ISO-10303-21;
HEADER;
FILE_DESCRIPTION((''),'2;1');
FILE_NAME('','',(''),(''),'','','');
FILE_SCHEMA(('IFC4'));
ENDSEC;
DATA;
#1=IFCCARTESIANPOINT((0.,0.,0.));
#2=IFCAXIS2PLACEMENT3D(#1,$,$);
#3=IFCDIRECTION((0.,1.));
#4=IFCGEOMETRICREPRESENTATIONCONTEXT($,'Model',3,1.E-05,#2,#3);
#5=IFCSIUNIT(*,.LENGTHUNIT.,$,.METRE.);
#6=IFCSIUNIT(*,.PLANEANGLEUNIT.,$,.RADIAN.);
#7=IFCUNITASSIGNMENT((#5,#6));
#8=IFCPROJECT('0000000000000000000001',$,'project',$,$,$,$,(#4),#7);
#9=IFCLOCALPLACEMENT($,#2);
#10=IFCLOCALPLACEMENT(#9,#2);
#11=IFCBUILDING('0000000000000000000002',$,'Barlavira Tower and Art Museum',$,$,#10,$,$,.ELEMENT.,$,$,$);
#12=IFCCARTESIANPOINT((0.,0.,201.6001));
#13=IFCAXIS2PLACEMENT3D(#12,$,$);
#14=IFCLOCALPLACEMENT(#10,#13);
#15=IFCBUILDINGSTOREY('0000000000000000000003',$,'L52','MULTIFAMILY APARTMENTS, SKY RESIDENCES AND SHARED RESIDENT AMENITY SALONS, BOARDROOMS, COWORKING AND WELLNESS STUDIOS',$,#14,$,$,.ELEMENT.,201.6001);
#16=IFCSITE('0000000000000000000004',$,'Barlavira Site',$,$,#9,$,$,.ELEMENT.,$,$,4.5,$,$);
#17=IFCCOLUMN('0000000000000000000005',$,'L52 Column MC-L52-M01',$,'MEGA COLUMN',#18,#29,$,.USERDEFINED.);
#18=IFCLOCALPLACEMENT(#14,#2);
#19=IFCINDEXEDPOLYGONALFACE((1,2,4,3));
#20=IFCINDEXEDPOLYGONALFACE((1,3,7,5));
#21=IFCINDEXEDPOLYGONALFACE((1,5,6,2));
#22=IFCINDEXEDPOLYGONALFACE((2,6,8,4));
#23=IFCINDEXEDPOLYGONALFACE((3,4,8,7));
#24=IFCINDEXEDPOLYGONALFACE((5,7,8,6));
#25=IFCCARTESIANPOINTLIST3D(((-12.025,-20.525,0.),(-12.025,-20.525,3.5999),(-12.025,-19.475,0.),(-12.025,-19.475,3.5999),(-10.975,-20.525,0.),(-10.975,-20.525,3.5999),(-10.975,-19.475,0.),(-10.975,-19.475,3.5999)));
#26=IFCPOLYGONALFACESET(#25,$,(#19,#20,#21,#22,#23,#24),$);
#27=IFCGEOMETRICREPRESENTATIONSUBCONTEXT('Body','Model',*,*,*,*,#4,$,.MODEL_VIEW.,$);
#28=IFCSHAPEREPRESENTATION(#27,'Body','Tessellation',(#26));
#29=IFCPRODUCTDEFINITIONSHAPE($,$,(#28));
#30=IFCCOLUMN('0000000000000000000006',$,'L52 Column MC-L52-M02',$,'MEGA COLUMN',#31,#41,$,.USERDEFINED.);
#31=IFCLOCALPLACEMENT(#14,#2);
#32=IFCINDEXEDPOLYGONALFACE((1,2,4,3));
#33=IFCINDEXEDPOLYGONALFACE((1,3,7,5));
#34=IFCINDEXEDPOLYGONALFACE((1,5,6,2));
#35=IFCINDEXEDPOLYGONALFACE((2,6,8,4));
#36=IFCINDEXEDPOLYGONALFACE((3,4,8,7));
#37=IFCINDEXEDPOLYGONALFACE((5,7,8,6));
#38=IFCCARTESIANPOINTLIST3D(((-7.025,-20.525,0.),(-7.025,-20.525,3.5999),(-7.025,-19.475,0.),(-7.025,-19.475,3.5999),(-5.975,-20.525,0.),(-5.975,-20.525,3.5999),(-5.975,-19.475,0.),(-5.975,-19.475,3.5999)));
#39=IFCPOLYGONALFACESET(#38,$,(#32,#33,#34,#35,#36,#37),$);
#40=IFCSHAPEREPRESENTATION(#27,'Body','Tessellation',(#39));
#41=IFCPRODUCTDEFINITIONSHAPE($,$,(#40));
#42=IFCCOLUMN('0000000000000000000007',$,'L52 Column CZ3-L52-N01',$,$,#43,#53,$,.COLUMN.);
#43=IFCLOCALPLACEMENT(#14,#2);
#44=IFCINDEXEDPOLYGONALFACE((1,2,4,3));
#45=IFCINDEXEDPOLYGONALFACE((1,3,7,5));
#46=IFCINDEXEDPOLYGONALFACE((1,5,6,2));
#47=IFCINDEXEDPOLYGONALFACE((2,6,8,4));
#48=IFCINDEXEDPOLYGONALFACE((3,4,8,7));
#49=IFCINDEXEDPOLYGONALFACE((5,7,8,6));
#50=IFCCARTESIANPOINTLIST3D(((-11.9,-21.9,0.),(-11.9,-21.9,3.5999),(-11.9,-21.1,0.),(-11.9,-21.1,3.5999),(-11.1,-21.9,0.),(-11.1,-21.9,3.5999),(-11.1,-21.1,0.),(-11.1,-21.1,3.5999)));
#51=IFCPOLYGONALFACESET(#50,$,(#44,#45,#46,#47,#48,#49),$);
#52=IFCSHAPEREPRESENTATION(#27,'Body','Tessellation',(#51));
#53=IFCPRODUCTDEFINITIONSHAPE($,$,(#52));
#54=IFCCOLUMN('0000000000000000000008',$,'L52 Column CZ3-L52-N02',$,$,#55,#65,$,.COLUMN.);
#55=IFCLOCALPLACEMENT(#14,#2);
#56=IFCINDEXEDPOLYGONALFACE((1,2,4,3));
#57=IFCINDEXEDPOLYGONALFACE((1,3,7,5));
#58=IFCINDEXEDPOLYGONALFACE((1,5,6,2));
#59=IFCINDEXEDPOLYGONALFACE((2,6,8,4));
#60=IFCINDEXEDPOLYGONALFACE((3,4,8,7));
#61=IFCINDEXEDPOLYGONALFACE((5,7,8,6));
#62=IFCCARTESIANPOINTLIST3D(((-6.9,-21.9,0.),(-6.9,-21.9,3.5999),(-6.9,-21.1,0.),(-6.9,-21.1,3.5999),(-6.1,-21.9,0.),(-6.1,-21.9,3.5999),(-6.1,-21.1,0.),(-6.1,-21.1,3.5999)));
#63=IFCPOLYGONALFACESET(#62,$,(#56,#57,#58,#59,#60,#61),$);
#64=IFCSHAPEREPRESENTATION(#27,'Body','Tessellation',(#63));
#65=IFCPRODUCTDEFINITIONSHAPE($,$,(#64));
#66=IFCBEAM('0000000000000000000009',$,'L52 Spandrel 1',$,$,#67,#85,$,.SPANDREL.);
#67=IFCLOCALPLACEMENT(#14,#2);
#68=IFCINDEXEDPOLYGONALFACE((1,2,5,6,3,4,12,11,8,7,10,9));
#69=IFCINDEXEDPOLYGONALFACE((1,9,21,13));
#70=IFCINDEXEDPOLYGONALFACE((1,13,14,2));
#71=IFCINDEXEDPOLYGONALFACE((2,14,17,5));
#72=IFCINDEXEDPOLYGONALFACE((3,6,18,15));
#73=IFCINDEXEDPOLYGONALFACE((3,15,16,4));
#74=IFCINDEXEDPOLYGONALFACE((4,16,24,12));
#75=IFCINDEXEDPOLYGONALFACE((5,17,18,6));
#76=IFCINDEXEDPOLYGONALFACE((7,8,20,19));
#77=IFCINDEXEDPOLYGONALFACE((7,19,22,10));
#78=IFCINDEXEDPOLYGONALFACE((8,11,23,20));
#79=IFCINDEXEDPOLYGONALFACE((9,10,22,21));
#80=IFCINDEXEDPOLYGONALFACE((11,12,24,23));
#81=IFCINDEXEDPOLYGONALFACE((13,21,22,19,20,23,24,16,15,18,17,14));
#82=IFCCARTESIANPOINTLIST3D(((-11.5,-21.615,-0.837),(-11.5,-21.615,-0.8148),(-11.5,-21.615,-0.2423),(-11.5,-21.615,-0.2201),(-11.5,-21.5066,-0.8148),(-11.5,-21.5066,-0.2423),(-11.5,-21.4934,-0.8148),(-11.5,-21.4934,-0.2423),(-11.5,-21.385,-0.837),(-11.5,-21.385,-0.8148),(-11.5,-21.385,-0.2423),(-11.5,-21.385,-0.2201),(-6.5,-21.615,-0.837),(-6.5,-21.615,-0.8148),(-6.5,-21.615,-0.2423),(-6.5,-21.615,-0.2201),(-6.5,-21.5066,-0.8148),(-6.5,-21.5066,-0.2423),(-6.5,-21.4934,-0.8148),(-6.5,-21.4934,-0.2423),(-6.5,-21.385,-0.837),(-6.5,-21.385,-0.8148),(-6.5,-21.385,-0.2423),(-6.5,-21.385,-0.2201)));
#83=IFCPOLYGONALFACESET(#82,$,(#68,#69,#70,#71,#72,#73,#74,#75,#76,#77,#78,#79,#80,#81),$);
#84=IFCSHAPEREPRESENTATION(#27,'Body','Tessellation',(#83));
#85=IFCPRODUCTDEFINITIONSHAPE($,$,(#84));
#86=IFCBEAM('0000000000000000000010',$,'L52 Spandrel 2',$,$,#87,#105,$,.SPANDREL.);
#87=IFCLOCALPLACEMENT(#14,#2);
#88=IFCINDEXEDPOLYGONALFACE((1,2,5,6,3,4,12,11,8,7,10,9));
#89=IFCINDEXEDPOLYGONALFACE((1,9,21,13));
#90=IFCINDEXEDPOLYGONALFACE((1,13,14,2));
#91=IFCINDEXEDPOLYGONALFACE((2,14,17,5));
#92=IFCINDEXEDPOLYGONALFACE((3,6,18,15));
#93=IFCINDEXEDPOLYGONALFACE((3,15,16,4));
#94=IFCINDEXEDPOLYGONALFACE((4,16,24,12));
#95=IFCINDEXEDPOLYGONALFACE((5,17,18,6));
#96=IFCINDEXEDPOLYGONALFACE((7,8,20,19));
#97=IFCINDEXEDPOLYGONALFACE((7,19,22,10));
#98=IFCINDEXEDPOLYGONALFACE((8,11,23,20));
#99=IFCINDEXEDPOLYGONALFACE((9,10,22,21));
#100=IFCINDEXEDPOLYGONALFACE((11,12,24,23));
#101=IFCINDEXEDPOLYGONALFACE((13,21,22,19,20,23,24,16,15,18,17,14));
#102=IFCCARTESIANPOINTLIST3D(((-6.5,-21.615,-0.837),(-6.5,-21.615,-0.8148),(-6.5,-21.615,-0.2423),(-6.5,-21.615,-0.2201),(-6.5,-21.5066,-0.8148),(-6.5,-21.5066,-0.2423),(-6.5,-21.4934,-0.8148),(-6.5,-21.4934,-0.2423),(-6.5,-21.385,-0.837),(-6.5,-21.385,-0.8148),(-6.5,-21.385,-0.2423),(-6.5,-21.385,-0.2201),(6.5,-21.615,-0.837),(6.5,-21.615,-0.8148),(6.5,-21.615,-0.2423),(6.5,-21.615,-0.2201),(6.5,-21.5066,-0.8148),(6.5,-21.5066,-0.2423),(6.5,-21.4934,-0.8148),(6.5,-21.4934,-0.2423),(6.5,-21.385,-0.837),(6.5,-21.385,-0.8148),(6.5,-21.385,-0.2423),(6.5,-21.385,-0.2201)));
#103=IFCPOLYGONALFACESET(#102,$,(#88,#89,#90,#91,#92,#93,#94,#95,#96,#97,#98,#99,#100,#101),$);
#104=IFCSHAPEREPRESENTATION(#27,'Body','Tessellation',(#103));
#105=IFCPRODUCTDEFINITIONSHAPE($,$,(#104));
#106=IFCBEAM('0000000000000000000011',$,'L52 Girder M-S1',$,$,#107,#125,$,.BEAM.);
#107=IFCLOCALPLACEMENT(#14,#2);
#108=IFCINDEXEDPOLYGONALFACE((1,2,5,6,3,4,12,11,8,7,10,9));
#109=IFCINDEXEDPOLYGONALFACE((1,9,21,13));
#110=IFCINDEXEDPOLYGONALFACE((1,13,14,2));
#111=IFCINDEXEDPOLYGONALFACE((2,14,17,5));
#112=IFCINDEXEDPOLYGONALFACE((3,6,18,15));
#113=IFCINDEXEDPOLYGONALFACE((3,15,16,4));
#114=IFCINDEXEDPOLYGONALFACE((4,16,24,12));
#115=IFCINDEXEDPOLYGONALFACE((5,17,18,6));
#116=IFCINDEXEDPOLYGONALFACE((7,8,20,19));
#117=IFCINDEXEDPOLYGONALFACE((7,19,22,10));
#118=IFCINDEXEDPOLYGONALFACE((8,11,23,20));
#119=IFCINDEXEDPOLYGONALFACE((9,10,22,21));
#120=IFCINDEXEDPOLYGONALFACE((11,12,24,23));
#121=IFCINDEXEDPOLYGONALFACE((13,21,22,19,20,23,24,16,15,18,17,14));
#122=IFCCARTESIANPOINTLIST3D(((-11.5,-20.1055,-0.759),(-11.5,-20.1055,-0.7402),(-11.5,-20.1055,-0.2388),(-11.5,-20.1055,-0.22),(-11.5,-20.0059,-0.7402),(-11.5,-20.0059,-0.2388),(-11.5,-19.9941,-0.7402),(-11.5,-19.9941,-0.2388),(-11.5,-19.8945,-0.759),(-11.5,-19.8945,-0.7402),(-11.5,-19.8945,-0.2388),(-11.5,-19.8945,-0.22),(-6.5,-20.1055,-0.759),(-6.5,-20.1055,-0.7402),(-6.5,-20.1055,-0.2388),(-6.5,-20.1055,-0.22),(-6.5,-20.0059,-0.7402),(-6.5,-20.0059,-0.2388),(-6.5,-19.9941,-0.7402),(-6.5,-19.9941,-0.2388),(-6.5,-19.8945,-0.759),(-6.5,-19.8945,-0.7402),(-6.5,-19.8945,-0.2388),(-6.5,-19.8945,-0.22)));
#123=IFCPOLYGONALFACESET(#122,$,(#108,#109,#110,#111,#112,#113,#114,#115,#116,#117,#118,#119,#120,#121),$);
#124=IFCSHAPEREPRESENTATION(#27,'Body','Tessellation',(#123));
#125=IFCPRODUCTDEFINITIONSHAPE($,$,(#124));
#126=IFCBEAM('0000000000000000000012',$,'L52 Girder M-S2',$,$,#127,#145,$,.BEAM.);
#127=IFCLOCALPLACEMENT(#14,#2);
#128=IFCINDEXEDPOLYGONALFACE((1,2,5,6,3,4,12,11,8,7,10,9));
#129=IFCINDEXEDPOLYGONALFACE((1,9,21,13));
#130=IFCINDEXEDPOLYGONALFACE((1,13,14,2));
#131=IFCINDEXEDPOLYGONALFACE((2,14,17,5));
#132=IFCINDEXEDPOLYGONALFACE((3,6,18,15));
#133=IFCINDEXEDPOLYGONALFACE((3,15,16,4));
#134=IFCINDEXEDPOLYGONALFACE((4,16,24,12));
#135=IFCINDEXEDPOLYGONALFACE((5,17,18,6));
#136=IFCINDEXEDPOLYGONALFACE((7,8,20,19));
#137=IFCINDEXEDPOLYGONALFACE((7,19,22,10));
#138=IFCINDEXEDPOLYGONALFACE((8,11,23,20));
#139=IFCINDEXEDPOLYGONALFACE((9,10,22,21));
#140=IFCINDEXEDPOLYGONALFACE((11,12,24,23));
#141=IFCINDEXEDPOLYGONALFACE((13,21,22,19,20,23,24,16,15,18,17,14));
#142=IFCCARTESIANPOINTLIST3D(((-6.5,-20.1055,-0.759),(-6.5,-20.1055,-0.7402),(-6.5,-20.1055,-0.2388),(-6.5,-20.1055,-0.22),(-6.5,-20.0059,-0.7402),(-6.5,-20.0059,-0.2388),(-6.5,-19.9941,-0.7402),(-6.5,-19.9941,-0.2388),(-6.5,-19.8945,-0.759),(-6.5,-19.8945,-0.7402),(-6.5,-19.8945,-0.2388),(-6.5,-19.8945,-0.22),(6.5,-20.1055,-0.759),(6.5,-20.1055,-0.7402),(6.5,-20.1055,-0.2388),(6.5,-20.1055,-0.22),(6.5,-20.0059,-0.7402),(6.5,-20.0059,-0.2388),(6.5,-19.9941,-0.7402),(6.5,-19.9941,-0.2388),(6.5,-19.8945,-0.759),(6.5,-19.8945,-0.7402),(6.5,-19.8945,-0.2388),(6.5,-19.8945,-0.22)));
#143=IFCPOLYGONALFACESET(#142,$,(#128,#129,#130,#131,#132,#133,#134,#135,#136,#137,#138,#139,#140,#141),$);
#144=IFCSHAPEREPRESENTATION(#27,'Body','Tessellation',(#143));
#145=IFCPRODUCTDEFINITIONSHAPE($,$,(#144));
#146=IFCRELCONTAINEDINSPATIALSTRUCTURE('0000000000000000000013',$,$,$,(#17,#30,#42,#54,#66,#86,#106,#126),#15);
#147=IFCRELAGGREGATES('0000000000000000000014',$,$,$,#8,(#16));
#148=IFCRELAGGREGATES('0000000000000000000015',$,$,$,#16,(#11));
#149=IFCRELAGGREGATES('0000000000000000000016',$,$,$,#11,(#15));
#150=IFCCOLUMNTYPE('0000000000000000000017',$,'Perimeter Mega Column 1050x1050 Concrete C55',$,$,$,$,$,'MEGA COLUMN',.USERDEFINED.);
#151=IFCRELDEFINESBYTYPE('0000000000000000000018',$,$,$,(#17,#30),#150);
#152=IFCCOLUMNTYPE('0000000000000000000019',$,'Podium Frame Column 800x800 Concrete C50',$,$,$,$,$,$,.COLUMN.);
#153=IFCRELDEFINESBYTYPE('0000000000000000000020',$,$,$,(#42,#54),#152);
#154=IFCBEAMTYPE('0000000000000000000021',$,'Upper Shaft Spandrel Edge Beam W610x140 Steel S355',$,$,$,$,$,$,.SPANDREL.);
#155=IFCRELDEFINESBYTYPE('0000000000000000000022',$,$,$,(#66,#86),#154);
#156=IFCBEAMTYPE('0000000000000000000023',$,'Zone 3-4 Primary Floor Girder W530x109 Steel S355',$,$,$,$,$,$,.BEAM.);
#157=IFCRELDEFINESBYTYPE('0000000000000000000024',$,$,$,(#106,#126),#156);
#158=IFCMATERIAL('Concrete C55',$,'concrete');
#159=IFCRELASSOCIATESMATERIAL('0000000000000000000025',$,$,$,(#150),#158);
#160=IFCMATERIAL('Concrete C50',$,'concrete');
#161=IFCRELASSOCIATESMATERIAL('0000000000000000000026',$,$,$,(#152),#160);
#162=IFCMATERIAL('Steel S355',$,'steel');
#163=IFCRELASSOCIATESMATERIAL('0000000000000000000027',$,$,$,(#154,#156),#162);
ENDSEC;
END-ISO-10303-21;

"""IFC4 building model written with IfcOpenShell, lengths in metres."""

from ifc_helpers import new_model, si_unit, direction, frame, origin, origin_2d, place, context, subcontext, project, spatial, rectangle, i_section, extrude, material, material_profile, profile_set, type_object, element, save


model = new_model("IFC4")

# Units and contexts
model_context = context("Model", 3, precision=1e-05, world=origin(), true_north=direction((0.0, 1.0)))
body_context = subcontext(model_context, "Body", "Model", "MODEL_VIEW")
ifc_project = project(units=[si_unit("LENGTHUNIT", "METRE"), si_unit("PLANEANGLEUNIT", "RADIAN")], contexts=[model_context])

# Site, building, storey
site_placement = place(None, origin())
site = spatial("IfcSite", under=ifc_project, at=site_placement, Name="Barlavira Site", CompositionType="ELEMENT", RefElevation=4.5)
building_placement = place(site_placement, origin())
building = spatial("IfcBuilding", under=site, at=building_placement, Name="Barlavira Tower and Art Museum", CompositionType="ELEMENT")
storey_placement = place(building_placement, frame((0.0, 0.0, 201.6001)))
storey = spatial("IfcBuildingStorey", under=building, at=storey_placement, Name="L52", Description="MULTIFAMILY APARTMENTS, SKY RESIDENCES AND SHARED RESIDENT AMENITY SALONS, BOARDROOMS, COWORKING AND WELLNESS STUDIOS", CompositionType="ELEMENT", Elevation=201.6001)

# Columns
ifc_material_1 = material(Name="Concrete C55", Category="concrete")
ifc_material_profile_1 = material_profile(ifc_material_1, rectangle(XDim=1.05, YDim=1.05, at=origin_2d()), Name="RC-COL 1050x1050")
ifc_profile_set_1 = profile_set([ifc_material_profile_1], Name="Concrete C55")
column_type_1 = type_object("IfcColumnType", Name="Perimeter Mega Column 1050x1050 Concrete C55", ElementType="MEGA COLUMN", PredefinedType="USERDEFINED", material=ifc_profile_set_1)
for number, where, z_axis, x_axis, name in (
    (1, (-11.5, -20.0, 0.0), (0.0, 0.0, 1.0), (1.0, 0.0, 0.0), "L52 Column MC-L52-M01"),
    (2, (-6.5, -20.0, 0.0), (0.0, 0.0, 1.0), (1.0, 0.0, 0.0), "L52 Column MC-L52-M02"),
):
    element("IfcColumn", number, at=place(storey_placement, frame(where, z_axis=z_axis, x_axis=x_axis)), inside=storey, type_object=column_type_1, Name=name, ObjectType="MEGA COLUMN", PredefinedType="USERDEFINED", context=body_context, shape_type="SweptSolid", body=[
        extrude(rectangle(XDim=1.05, YDim=1.05, at=origin_2d()), origin(), (0.0, 0.0, 1.0), 3.5999),
    ])
ifc_material_2 = material(Name="Concrete C50", Category="concrete")
ifc_material_profile_2 = material_profile(ifc_material_2, rectangle(XDim=0.8, YDim=0.8, at=origin_2d()), Name="RC-COL 800x800")
ifc_profile_set_2 = profile_set([ifc_material_profile_2], Name="Concrete C50")
column_type_2 = type_object("IfcColumnType", Name="Podium Frame Column 800x800 Concrete C50", PredefinedType="COLUMN", material=ifc_profile_set_2)
for number, where, z_axis, x_axis, name in (
    (3, (-11.5, -21.5, 0.0), (0.0, 0.0, 1.0), (1.0, 0.0, 0.0), "L52 Column CZ3-L52-N01"),
    (4, (-6.5, -21.5, 0.0), (0.0, 0.0, 1.0), (1.0, 0.0, 0.0), "L52 Column CZ3-L52-N02"),
):
    element("IfcColumn", number, at=place(storey_placement, frame(where, z_axis=z_axis, x_axis=x_axis)), inside=storey, type_object=column_type_2, Name=name, PredefinedType="COLUMN", context=body_context, shape_type="SweptSolid", body=[
        extrude(rectangle(XDim=0.8, YDim=0.8, at=origin_2d()), origin(), (0.0, 0.0, 1.0), 3.5999),
    ])

# Beams
ifc_material_3 = material(Name="Steel S355", Category="steel")
ifc_material_profile_3 = material_profile(ifc_material_3, i_section(OverallWidth=0.23, OverallDepth=0.6169, WebThickness=0.0132, FlangeThickness=0.0222, at=origin_2d()), Name="W610x140.0")
ifc_profile_set_3 = profile_set([ifc_material_profile_3], Name="Steel S355")
beam_type_1 = type_object("IfcBeamType", Name="Upper Shaft Spandrel Edge Beam W610x140 Steel S355", PredefinedType="SPANDREL", material=ifc_profile_set_3)
beam_1_placement = place(storey_placement, frame((-11.5, -21.5, -0.5286), z_axis=(1.0, 0.0, 0.0), x_axis=(0.0, 1.0, 0.0)))
element("IfcBeam", 5, at=beam_1_placement, inside=storey, type_object=beam_type_1, Name="L52 Spandrel 1", PredefinedType="SPANDREL", context=body_context, shape_type="SweptSolid", body=[
    extrude(i_section(OverallWidth=0.23, OverallDepth=0.6169, WebThickness=0.0132, FlangeThickness=0.0222, at=origin_2d()), origin(), (0.0, 0.0, 1.0), 5.0),
])
beam_2_placement = place(storey_placement, frame((-6.5, -21.5, -0.5286), z_axis=(1.0, 0.0, 0.0), x_axis=(0.0, 1.0, 0.0)))
element("IfcBeam", 6, at=beam_2_placement, inside=storey, type_object=beam_type_1, Name="L52 Spandrel 2", PredefinedType="SPANDREL", context=body_context, shape_type="SweptSolid", body=[
    extrude(i_section(OverallWidth=0.23, OverallDepth=0.6169, WebThickness=0.0132, FlangeThickness=0.0222, at=origin_2d()), origin(), (0.0, 0.0, 1.0), 13.0),
])
ifc_material_profile_4 = material_profile(ifc_material_3, i_section(OverallWidth=0.2109, OverallDepth=0.5391, WebThickness=0.0117, FlangeThickness=0.0188, at=origin_2d()), Name="W530x109.0")
ifc_profile_set_4 = profile_set([ifc_material_profile_4], Name="Steel S355")
beam_type_2 = type_object("IfcBeamType", Name="Zone 3-4 Primary Floor Girder W530x109 Steel S355", PredefinedType="BEAM", material=ifc_profile_set_4)
beam_3_placement = place(storey_placement, frame((-11.5, -20.0, -0.4895), z_axis=(1.0, 0.0, 0.0), x_axis=(0.0, 1.0, 0.0)))
element("IfcBeam", 7, at=beam_3_placement, inside=storey, type_object=beam_type_2, Name="L52 Girder M-S1", PredefinedType="BEAM", context=body_context, shape_type="SweptSolid", body=[
    extrude(i_section(OverallWidth=0.2109, OverallDepth=0.5391, WebThickness=0.0117, FlangeThickness=0.0188, at=origin_2d()), origin(), (0.0, 0.0, 1.0), 5.0),
])
beam_4_placement = place(storey_placement, frame((-6.5, -20.0, -0.4895), z_axis=(1.0, 0.0, 0.0), x_axis=(0.0, 1.0, 0.0)))
element("IfcBeam", 8, at=beam_4_placement, inside=storey, type_object=beam_type_2, Name="L52 Girder M-S2", PredefinedType="BEAM", context=body_context, shape_type="SweptSolid", body=[
    extrude(i_section(OverallWidth=0.2109, OverallDepth=0.5391, WebThickness=0.0117, FlangeThickness=0.0188, at=origin_2d()), origin(), (0.0, 0.0, 1.0), 13.0),
])

save(model, "model.ifc")
